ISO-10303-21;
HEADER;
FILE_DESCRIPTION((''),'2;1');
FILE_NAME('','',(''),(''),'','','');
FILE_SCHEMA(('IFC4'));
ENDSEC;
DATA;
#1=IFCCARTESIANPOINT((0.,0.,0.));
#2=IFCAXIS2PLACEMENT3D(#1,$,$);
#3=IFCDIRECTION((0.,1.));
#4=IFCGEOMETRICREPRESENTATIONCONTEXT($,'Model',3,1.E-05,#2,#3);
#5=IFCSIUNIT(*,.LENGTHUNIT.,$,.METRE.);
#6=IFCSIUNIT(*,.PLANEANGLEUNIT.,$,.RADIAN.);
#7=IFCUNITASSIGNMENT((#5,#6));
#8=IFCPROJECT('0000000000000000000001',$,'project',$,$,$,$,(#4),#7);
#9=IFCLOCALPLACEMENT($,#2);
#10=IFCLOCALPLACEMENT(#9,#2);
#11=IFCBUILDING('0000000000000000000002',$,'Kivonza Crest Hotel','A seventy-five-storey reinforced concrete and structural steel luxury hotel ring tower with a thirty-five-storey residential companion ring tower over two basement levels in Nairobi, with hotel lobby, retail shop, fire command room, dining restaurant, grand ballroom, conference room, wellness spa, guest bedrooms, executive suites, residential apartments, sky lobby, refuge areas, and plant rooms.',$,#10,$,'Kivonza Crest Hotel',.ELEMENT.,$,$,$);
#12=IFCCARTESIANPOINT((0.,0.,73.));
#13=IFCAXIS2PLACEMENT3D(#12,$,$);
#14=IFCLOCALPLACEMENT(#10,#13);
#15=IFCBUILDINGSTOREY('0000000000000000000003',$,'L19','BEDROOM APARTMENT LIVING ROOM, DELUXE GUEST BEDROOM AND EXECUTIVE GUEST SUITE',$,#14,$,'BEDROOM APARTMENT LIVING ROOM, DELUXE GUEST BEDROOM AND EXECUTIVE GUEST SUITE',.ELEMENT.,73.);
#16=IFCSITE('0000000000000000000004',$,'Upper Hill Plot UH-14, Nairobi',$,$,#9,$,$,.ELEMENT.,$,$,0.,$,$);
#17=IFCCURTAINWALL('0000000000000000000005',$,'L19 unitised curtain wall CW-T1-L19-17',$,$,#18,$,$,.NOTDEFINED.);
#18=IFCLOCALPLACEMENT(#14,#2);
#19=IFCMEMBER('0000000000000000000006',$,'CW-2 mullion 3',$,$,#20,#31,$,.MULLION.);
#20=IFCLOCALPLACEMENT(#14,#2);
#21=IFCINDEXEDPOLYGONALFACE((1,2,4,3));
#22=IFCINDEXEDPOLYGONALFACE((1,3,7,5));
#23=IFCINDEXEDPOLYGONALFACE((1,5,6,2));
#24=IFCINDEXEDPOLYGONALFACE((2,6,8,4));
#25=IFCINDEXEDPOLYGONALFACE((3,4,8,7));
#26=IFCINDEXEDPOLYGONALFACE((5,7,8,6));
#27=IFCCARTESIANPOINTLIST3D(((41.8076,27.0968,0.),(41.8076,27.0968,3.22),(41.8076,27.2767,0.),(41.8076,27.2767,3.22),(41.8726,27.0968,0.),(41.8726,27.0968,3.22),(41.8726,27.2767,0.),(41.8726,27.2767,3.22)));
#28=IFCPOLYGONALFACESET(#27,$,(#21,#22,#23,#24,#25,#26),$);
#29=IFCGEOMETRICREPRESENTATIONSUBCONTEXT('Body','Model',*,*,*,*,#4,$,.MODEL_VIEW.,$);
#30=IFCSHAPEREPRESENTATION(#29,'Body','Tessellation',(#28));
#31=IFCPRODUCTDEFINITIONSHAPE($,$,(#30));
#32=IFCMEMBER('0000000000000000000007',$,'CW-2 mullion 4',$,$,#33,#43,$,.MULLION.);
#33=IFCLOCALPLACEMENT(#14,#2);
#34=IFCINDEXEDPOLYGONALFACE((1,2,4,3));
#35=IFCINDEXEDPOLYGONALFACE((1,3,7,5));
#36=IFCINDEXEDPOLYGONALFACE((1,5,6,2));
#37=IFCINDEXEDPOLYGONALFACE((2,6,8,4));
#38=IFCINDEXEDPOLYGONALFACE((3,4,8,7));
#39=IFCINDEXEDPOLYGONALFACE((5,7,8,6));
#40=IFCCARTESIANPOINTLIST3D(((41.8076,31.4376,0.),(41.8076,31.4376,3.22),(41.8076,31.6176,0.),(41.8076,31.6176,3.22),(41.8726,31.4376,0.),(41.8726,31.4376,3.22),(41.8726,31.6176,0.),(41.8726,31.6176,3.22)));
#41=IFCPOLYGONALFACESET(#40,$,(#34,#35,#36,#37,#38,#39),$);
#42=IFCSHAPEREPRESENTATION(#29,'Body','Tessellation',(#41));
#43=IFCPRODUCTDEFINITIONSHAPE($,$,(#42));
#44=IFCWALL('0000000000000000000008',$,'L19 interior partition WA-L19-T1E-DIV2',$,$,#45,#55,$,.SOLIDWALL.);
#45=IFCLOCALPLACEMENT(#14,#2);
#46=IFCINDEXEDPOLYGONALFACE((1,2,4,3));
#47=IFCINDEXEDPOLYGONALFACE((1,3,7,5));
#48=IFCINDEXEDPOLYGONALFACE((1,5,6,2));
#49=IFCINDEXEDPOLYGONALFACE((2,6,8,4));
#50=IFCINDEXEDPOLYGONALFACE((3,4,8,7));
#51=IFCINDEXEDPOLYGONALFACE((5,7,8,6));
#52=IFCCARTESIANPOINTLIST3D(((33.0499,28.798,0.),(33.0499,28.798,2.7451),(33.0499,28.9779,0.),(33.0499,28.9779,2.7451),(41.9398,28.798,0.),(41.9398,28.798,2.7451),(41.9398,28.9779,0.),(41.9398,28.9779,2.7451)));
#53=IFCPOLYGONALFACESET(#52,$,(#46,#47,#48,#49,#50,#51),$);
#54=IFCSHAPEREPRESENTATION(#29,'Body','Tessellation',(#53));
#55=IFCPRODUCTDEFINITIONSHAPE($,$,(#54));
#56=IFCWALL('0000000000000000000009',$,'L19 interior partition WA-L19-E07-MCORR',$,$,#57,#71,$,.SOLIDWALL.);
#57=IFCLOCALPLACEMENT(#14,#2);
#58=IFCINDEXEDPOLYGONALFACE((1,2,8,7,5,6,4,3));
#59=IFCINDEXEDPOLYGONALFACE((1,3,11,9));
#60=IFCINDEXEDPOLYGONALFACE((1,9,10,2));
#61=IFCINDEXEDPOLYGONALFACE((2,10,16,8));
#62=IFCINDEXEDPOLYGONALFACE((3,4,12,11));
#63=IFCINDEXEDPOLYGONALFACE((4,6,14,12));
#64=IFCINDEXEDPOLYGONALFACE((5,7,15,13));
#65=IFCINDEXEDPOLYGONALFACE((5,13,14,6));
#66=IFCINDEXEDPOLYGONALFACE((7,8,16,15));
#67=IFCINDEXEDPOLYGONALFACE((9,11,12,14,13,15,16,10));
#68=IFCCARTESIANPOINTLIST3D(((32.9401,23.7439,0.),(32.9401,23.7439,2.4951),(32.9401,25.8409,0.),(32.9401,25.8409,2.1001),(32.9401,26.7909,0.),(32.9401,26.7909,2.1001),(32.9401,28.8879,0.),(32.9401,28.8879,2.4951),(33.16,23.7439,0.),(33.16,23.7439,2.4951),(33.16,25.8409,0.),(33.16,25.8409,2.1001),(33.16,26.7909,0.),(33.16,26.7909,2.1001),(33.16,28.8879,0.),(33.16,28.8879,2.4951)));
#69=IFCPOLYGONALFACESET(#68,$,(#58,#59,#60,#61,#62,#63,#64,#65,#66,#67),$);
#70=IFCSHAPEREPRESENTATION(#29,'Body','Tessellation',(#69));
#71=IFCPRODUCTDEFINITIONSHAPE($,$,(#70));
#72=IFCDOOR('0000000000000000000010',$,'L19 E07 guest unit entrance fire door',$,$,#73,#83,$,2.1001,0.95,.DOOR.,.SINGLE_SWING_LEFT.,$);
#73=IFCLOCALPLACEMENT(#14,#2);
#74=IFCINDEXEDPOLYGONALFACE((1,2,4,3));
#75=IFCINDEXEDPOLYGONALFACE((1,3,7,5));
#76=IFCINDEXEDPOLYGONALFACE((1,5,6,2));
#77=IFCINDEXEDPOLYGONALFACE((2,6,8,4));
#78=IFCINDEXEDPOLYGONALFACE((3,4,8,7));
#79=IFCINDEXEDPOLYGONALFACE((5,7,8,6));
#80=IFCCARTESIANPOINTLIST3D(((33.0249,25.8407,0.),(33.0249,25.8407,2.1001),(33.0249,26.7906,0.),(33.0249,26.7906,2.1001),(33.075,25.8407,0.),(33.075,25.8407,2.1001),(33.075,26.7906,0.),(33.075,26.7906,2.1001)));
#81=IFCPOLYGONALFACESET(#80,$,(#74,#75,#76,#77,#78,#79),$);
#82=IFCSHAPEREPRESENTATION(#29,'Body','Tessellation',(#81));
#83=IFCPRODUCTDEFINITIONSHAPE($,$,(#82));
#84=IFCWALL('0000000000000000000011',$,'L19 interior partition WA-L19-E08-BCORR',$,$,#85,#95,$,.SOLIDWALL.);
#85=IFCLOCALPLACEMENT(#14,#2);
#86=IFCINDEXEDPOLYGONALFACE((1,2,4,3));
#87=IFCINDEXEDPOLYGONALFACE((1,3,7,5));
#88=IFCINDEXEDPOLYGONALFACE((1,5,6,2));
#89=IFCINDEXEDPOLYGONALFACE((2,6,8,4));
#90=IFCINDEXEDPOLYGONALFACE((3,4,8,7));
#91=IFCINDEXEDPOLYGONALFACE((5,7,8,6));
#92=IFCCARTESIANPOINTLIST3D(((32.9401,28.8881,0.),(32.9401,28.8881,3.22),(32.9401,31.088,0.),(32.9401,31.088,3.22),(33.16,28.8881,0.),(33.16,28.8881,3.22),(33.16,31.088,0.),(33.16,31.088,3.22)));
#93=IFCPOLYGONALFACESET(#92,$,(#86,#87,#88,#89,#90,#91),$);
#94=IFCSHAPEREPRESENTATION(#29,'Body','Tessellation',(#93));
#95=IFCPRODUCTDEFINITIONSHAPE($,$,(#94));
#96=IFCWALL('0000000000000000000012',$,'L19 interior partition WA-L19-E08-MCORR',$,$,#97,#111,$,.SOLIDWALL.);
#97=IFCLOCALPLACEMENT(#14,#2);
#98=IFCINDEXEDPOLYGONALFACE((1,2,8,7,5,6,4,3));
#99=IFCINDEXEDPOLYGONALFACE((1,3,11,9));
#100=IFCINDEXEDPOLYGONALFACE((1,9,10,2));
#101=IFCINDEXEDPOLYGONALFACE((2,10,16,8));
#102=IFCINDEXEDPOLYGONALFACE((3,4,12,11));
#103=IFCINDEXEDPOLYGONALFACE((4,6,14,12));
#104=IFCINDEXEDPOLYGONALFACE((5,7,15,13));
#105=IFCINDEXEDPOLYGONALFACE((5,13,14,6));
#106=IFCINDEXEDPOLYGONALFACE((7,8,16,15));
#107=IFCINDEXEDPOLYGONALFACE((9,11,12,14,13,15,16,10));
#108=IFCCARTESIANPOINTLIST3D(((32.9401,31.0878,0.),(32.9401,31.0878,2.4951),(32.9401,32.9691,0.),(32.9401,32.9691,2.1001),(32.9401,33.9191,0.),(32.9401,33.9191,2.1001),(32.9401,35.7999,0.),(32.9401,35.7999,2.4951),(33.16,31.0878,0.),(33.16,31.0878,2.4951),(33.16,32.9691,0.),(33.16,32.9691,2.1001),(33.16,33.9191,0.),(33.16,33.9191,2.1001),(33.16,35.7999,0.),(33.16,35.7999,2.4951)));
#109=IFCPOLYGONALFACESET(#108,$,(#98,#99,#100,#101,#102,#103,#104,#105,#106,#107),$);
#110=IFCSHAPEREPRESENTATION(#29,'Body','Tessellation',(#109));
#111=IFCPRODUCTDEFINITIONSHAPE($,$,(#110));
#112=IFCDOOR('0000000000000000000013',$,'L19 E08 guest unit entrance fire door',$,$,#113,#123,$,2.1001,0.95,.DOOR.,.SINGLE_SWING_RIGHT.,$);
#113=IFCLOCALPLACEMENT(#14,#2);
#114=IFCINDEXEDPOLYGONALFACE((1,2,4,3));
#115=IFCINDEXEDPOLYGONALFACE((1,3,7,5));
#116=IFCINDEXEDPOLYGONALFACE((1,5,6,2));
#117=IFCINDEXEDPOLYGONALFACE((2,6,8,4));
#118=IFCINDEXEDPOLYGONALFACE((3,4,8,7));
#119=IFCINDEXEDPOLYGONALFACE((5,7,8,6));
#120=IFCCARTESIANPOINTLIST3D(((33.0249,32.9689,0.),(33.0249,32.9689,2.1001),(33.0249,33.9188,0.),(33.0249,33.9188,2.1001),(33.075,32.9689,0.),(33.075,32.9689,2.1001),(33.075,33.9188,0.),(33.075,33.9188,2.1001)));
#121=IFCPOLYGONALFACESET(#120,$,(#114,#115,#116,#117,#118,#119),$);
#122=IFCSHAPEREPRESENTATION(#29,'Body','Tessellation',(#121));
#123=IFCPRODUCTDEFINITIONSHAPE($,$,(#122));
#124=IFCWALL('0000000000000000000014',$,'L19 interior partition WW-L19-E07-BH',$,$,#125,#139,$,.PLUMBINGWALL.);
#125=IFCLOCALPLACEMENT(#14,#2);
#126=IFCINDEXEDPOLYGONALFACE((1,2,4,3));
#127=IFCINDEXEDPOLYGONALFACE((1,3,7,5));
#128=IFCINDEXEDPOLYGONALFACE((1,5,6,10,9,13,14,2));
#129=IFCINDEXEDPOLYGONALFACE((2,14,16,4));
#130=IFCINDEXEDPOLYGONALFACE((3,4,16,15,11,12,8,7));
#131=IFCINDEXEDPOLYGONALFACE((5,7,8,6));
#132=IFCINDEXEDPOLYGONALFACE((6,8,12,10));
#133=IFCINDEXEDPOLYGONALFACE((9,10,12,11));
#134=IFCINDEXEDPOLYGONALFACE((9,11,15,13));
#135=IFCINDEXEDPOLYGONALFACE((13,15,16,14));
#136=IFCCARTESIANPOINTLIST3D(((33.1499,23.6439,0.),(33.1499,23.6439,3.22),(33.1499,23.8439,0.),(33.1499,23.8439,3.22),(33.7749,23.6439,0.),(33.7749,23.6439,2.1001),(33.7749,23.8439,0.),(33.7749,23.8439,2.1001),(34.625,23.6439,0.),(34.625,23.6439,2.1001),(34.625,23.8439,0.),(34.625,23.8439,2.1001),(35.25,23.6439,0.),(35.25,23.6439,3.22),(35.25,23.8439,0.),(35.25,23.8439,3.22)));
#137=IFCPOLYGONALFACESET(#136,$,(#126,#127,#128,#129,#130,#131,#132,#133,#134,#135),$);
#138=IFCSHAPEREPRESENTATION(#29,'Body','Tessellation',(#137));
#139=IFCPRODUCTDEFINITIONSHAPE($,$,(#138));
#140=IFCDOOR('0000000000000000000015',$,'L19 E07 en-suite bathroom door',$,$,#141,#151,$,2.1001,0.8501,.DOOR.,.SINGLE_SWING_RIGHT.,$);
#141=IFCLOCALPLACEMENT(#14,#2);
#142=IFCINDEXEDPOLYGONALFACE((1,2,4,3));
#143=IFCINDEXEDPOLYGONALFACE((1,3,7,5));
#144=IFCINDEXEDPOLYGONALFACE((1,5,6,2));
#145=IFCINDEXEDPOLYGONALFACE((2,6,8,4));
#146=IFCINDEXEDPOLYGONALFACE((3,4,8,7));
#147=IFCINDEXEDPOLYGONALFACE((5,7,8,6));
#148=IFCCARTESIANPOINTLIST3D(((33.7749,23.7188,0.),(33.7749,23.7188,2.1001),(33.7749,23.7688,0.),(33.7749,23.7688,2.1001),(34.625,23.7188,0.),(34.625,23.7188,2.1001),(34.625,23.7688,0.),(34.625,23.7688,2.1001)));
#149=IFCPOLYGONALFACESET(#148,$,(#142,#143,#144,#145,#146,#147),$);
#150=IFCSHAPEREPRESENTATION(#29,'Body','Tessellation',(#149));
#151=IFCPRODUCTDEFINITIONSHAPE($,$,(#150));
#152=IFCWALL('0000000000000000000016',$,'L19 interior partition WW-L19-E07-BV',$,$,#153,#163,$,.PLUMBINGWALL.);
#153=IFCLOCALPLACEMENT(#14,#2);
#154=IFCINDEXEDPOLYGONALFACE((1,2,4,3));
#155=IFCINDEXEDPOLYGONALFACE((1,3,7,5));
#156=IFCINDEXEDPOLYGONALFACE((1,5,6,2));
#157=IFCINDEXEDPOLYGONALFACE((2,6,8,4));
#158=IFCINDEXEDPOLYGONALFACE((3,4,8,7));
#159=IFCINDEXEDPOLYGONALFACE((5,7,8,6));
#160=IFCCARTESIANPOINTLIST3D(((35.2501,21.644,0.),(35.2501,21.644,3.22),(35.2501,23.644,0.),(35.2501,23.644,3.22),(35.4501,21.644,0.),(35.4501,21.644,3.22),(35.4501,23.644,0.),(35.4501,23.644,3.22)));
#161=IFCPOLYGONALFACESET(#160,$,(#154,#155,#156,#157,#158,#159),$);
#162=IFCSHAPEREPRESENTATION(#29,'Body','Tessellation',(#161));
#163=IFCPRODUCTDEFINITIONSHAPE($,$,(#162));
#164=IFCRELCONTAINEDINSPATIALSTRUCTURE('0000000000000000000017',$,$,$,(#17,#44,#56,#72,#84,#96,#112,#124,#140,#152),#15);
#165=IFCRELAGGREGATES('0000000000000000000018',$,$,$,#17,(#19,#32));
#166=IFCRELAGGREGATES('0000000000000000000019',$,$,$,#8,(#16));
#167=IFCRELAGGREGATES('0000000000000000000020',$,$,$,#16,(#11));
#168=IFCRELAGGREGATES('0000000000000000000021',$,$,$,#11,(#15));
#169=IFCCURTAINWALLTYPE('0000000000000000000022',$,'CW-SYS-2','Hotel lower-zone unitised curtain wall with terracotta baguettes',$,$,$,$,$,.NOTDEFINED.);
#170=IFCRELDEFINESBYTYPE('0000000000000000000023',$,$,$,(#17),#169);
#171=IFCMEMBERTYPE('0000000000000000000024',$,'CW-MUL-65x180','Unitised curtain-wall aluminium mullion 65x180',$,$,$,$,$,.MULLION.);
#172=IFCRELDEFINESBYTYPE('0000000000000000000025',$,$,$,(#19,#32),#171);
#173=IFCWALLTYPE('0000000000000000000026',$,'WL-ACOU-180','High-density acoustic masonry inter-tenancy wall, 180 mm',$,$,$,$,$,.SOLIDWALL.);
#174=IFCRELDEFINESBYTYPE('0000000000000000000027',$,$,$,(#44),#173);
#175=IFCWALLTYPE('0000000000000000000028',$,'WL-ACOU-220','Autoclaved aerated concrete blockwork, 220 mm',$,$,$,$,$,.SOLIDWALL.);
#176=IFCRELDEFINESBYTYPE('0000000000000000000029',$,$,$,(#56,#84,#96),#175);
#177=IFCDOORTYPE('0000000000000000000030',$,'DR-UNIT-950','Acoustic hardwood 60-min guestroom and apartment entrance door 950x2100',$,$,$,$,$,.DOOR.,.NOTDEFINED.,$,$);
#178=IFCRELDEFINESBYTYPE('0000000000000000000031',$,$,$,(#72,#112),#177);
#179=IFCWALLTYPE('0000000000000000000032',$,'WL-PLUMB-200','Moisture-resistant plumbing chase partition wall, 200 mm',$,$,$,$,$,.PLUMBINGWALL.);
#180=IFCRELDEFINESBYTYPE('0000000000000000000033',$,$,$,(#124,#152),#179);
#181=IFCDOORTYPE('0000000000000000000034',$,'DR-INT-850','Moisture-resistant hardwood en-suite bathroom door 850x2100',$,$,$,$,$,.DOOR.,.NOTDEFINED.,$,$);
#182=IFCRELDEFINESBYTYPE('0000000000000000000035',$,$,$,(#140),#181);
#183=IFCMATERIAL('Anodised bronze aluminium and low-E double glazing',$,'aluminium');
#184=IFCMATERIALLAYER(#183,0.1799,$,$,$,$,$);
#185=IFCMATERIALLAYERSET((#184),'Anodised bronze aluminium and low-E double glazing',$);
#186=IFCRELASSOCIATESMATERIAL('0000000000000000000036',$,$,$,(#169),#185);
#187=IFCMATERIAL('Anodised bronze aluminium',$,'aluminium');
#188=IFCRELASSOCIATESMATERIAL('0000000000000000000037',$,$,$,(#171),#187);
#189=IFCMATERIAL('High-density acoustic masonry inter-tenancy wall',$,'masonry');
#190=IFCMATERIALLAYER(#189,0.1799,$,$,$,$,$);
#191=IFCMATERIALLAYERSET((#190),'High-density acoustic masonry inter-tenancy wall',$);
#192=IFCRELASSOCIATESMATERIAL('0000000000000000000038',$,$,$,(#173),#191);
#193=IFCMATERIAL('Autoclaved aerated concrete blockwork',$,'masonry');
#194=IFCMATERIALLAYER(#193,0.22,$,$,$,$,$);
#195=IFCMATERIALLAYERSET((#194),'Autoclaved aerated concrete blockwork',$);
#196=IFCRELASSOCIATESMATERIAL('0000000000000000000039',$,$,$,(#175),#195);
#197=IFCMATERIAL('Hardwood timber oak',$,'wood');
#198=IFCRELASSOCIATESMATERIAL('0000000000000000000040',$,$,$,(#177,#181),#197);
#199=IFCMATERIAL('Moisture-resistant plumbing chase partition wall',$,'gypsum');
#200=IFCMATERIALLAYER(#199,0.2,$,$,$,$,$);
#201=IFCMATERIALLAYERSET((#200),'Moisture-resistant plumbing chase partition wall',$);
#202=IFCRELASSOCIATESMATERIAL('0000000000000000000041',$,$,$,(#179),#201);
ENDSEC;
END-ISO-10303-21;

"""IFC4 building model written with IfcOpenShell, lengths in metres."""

from ifc_helpers import new_model, si_unit, direction, frame, frame_2d, origin, origin_2d, place, context, subcontext, project, spatial, rectangle, extrude, material, layer, layer_set, material_profile, profile_set, type_object, element, fill, aggregate, save


model = new_model("IFC4")

# Units and contexts
model_context = context("Model", 3, precision=1e-05, world=origin(), true_north=direction((0.0, 1.0)))
body_context = subcontext(model_context, "Body", "Model", "MODEL_VIEW")
ifc_project = project(units=[si_unit("LENGTHUNIT", "METRE"), si_unit("PLANEANGLEUNIT", "RADIAN")], contexts=[model_context])

# Site, building, storey
site_placement = place(None, origin())
site = spatial("IfcSite", under=ifc_project, at=site_placement, Name="Upper Hill Plot UH-14, Nairobi", CompositionType="ELEMENT", RefElevation=0.0)
building_placement = place(site_placement, origin())
building = spatial("IfcBuilding", under=site, at=building_placement, Name="Kivonza Crest Hotel", Description="A seventy-five-storey reinforced concrete and structural steel luxury hotel ring tower with a thirty-five-storey residential companion ring tower over two basement levels in Nairobi, with hotel lobby, retail shop, fire command room, dining restaurant, grand ballroom, conference room, wellness spa, guest bedrooms, executive suites, residential apartments, sky lobby, refuge areas, and plant rooms.", LongName="Kivonza Crest Hotel", CompositionType="ELEMENT")
storey_placement = place(building_placement, frame((0.0, 0.0, 73.0)))
storey = spatial("IfcBuildingStorey", under=building, at=storey_placement, Name="L19", Description="BEDROOM APARTMENT LIVING ROOM, DELUXE GUEST BEDROOM AND EXECUTIVE GUEST SUITE", LongName="BEDROOM APARTMENT LIVING ROOM, DELUXE GUEST BEDROOM AND EXECUTIVE GUEST SUITE", CompositionType="ELEMENT", Elevation=73.0)

# Curtain wall, members
ifc_material_1 = material(Name="Anodised bronze aluminium and low-E double glazing", Category="aluminium")
ifc_layer_1 = layer(ifc_material_1, 0.1799)
ifc_layer_set_1 = layer_set([ifc_layer_1], Name="Anodised bronze aluminium and low-E double glazing")
curtain_wall_type = type_object("IfcCurtainWallType", Name="CW-SYS-2", Description="Hotel lower-zone unitised curtain wall with terracotta baguettes", PredefinedType="NOTDEFINED", material=ifc_layer_set_1)
curtain_wall_placement = place(storey_placement, origin())
curtain_wall = element("IfcCurtainWall", 1, at=curtain_wall_placement, inside=storey, type_object=curtain_wall_type, Name="L19 unitised curtain wall CW-T1-L19-17", PredefinedType="NOTDEFINED")
ifc_material_2 = material(Name="Anodised bronze aluminium", Category="aluminium")
ifc_material_profile_1 = material_profile(ifc_material_2, rectangle(XDim=0.0649, YDim=0.1799, at=origin_2d()), Name="CW-M 65x180")
ifc_profile_set_1 = profile_set([ifc_material_profile_1], Name="Anodised bronze aluminium")
member_type = type_object("IfcMemberType", Name="CW-MUL-65x180", Description="Unitised curtain-wall aluminium mullion 65x180", PredefinedType="MULLION", material=ifc_profile_set_1)
member_1_placement = place(storey_placement, frame((41.8401, 27.1868, 0.0), z_axis=(0.0, 0.0, 1.0), x_axis=(-1.0, 0.0, 0.0)))
member_1 = element("IfcMember", 2, at=member_1_placement, type_object=member_type, Name="CW-2 mullion 3", PredefinedType="MULLION", context=body_context, shape_type="SweptSolid", body=[
    extrude(rectangle(XDim=0.0649, YDim=0.1799, at=origin_2d()), origin(), (0.0, 0.0, 1.0), 3.22),
])
member_2_placement = place(storey_placement, frame((41.8401, 31.5276, 0.0), z_axis=(0.0, 0.0, 1.0), x_axis=(-1.0, 0.0, 0.0)))
member_2 = element("IfcMember", 3, at=member_2_placement, type_object=member_type, Name="CW-2 mullion 4", PredefinedType="MULLION", context=body_context, shape_type="SweptSolid", body=[
    extrude(rectangle(XDim=0.0649, YDim=0.1799, at=origin_2d()), origin(), (0.0, 0.0, 1.0), 3.22),
])
aggregate(curtain_wall, [member_1, member_2])

# Wall
ifc_material_3 = material(Name="High-density acoustic masonry inter-tenancy wall", Category="masonry")
ifc_layer_2 = layer(ifc_material_3, 0.1799)
ifc_layer_set_2 = layer_set([ifc_layer_2], Name="High-density acoustic masonry inter-tenancy wall")
wall_type_1 = type_object("IfcWallType", Name="WL-ACOU-180", Description="High-density acoustic masonry inter-tenancy wall, 180 mm", PredefinedType="SOLIDWALL", material=ifc_layer_set_2)
wall_1_placement = place(storey_placement, frame((33.05, 28.8879, 0.0), z_axis=(0.0, 0.0, 1.0), x_axis=(1.0, 0.0, 0.0)))
element("IfcWall", 4, at=wall_1_placement, inside=storey, type_object=wall_type_1, Name="L19 interior partition WA-L19-T1E-DIV2", PredefinedType="SOLIDWALL", context=body_context, shape_type="SweptSolid", body=[
    extrude(rectangle(XDim=8.8899, YDim=0.1799, at=frame_2d((4.4448, 0.0))), origin(), (0.0, 0.0, 1.0), 2.7451),
])

# Wall, opening, door
ifc_material_4 = material(Name="Autoclaved aerated concrete blockwork", Category="masonry")
ifc_layer_3 = layer(ifc_material_4, 0.22)
ifc_layer_set_3 = layer_set([ifc_layer_3], Name="Autoclaved aerated concrete blockwork")
wall_type_2 = type_object("IfcWallType", Name="WL-ACOU-220", Description="Autoclaved aerated concrete blockwork, 220 mm", PredefinedType="SOLIDWALL", material=ifc_layer_set_3)
wall_2_placement = place(storey_placement, frame((33.05, 23.7439, 0.0), z_axis=(0.0, 0.0, 1.0), x_axis=(0.0, 1.0, 0.0)))
wall_2 = element("IfcWall", 5, at=wall_2_placement, inside=storey, type_object=wall_type_2, Name="L19 interior partition WA-L19-E07-MCORR", PredefinedType="SOLIDWALL", context=body_context, shape_type="SweptSolid", body=[
    extrude(rectangle(XDim=5.144, YDim=0.22, at=frame_2d((2.572, 0.0))), origin(), (0.0, 0.0, 1.0), 2.4951),
])
opening_1_placement = place(wall_2_placement, frame((2.0969, 0.0, 0.0)))
opening_1 = element("IfcOpeningElement", 6, at=opening_1_placement, cuts=wall_2, PredefinedType="OPENING", context=body_context, shape_type="SweptSolid", body=[
    extrude(rectangle(XDim=0.95, YDim=2.1001, at=frame_2d((0.4751, 1.05))), frame((0.0, 0.1201, 0.0), z_axis=(0.0, -1.0, 0.0), x_axis=(1.0, 0.0, 0.0)), (0.0, 0.0, 1.0), 0.24),
])
ifc_material_5 = material(Name="Hardwood timber oak", Category="wood")
door_type_1 = type_object("IfcDoorType", Name="DR-UNIT-950", Description="Acoustic hardwood 60-min guestroom and apartment entrance door 950x2100", OperationType="NOTDEFINED", PredefinedType="DOOR", material=ifc_material_5)
door_1_placement = place(opening_1_placement, frame((0.95, 0.0, 0.0), z_axis=(0.0, 0.0, 1.0), x_axis=(-1.0, 0.0, 0.0)))
door_1 = element("IfcDoor", 7, at=door_1_placement, inside=storey, type_object=door_type_1, Name="L19 E07 guest unit entrance fire door", OperationType="SINGLE_SWING_LEFT", OverallHeight=2.1001, OverallWidth=0.95, PredefinedType="DOOR", context=body_context, shape_type="SweptSolid", body=[
    extrude(rectangle(XDim=0.95, YDim=2.1001, at=frame_2d((0.4751, 1.05))), frame((0.0, 0.0249, 0.0), z_axis=(0.0, -1.0, 0.0), x_axis=(1.0, 0.0, 0.0)), (0.0, 0.0, 1.0), 0.05),
])
fill(opening_1, door_1)

# Wall
wall_3_placement = place(storey_placement, frame((33.05, 28.8879, 0.0), z_axis=(0.0, 0.0, 1.0), x_axis=(0.0, 1.0, 0.0)))
element("IfcWall", 8, at=wall_3_placement, inside=storey, type_object=wall_type_2, Name="L19 interior partition WA-L19-E08-BCORR", PredefinedType="SOLIDWALL", context=body_context, shape_type="SweptSolid", body=[
    extrude(rectangle(XDim=2.2, YDim=0.22, at=frame_2d((1.1001, 0.0))), origin(), (0.0, 0.0, 1.0), 3.22),
])

# Walls, openings, doors
wall_4_placement = place(storey_placement, frame((33.05, 31.0879, 0.0), z_axis=(0.0, 0.0, 1.0), x_axis=(0.0, 1.0, 0.0)))
wall_4 = element("IfcWall", 9, at=wall_4_placement, inside=storey, type_object=wall_type_2, Name="L19 interior partition WA-L19-E08-MCORR", PredefinedType="SOLIDWALL", context=body_context, shape_type="SweptSolid", body=[
    extrude(rectangle(XDim=4.7122, YDim=0.22, at=frame_2d((2.356, 0.0))), origin(), (0.0, 0.0, 1.0), 2.4951),
])
opening_2_placement = place(wall_4_placement, frame((1.8811, 0.0, 0.0)))
opening_2 = element("IfcOpeningElement", 10, at=opening_2_placement, cuts=wall_4, PredefinedType="OPENING", context=body_context, shape_type="SweptSolid", body=[
    extrude(rectangle(XDim=0.95, YDim=2.1001, at=frame_2d((0.4751, 1.05))), frame((0.0, 0.1201, 0.0), z_axis=(0.0, -1.0, 0.0), x_axis=(1.0, 0.0, 0.0)), (0.0, 0.0, 1.0), 0.24),
])
door_2_placement = place(opening_2_placement, frame((0.95, 0.0, 0.0), z_axis=(0.0, 0.0, 1.0), x_axis=(-1.0, 0.0, 0.0)))
door_2 = element("IfcDoor", 11, at=door_2_placement, inside=storey, type_object=door_type_1, Name="L19 E08 guest unit entrance fire door", OperationType="SINGLE_SWING_RIGHT", OverallHeight=2.1001, OverallWidth=0.95, PredefinedType="DOOR", context=body_context, shape_type="SweptSolid", body=[
    extrude(rectangle(XDim=0.95, YDim=2.1001, at=frame_2d((0.4751, 1.05))), frame((0.0, 0.0249, 0.0), z_axis=(0.0, -1.0, 0.0), x_axis=(1.0, 0.0, 0.0)), (0.0, 0.0, 1.0), 0.05),
])
fill(opening_2, door_2)
ifc_material_6 = material(Name="Moisture-resistant plumbing chase partition wall", Category="gypsum")
ifc_layer_4 = layer(ifc_material_6, 0.2)
ifc_layer_set_4 = layer_set([ifc_layer_4], Name="Moisture-resistant plumbing chase partition wall")
wall_type_3 = type_object("IfcWallType", Name="WL-PLUMB-200", Description="Moisture-resistant plumbing chase partition wall, 200 mm", PredefinedType="PLUMBINGWALL", material=ifc_layer_set_4)
wall_5_placement = place(storey_placement, frame((33.1499, 23.7439, 0.0), z_axis=(0.0, 0.0, 1.0), x_axis=(1.0, 0.0, 0.0)))
wall_5 = element("IfcWall", 12, at=wall_5_placement, inside=storey, type_object=wall_type_3, Name="L19 interior partition WW-L19-E07-BH", PredefinedType="PLUMBINGWALL", context=body_context, shape_type="SweptSolid", body=[
    extrude(rectangle(XDim=2.1001, YDim=0.2, at=frame_2d((1.05, 0.0))), origin(), (0.0, 0.0, 1.0), 3.22),
])
opening_3_placement = place(wall_5_placement, frame((0.625, 0.0, 0.0)))
opening_3 = element("IfcOpeningElement", 13, at=opening_3_placement, cuts=wall_5, PredefinedType="OPENING", context=body_context, shape_type="SweptSolid", body=[
    extrude(rectangle(XDim=0.8501, YDim=2.1001, at=frame_2d((0.425, 1.05))), frame((0.0, 0.1099, 0.0), z_axis=(0.0, -1.0, 0.0), x_axis=(1.0, 0.0, 0.0)), (0.0, 0.0, 1.0), 0.22),
])
door_type_2 = type_object("IfcDoorType", Name="DR-INT-850", Description="Moisture-resistant hardwood en-suite bathroom door 850x2100", OperationType="NOTDEFINED", PredefinedType="DOOR", material=ifc_material_5)
door_3_placement = place(opening_3_placement, origin())
door_3 = element("IfcDoor", 14, at=door_3_placement, inside=storey, type_object=door_type_2, Name="L19 E07 en-suite bathroom door", OperationType="SINGLE_SWING_RIGHT", OverallHeight=2.1001, OverallWidth=0.8501, PredefinedType="DOOR", context=body_context, shape_type="SweptSolid", body=[
    extrude(rectangle(XDim=0.8501, YDim=2.1001, at=frame_2d((0.425, 1.05))), frame((0.0, 0.0249, 0.0), z_axis=(0.0, -1.0, 0.0), x_axis=(1.0, 0.0, 0.0)), (0.0, 0.0, 1.0), 0.05),
])
fill(opening_3, door_3)

# Wall
wall_6_placement = place(storey_placement, frame((35.3501, 21.644, 0.0), z_axis=(0.0, 0.0, 1.0), x_axis=(0.0, 1.0, 0.0)))
element("IfcWall", 15, at=wall_6_placement, inside=storey, type_object=wall_type_3, Name="L19 interior partition WW-L19-E07-BV", PredefinedType="PLUMBINGWALL", context=body_context, shape_type="SweptSolid", body=[
    extrude(rectangle(XDim=2.0, YDim=0.2, at=frame_2d((1.0, 0.0))), origin(), (0.0, 0.0, 1.0), 3.22),
])

save(model, "model.ifc")
